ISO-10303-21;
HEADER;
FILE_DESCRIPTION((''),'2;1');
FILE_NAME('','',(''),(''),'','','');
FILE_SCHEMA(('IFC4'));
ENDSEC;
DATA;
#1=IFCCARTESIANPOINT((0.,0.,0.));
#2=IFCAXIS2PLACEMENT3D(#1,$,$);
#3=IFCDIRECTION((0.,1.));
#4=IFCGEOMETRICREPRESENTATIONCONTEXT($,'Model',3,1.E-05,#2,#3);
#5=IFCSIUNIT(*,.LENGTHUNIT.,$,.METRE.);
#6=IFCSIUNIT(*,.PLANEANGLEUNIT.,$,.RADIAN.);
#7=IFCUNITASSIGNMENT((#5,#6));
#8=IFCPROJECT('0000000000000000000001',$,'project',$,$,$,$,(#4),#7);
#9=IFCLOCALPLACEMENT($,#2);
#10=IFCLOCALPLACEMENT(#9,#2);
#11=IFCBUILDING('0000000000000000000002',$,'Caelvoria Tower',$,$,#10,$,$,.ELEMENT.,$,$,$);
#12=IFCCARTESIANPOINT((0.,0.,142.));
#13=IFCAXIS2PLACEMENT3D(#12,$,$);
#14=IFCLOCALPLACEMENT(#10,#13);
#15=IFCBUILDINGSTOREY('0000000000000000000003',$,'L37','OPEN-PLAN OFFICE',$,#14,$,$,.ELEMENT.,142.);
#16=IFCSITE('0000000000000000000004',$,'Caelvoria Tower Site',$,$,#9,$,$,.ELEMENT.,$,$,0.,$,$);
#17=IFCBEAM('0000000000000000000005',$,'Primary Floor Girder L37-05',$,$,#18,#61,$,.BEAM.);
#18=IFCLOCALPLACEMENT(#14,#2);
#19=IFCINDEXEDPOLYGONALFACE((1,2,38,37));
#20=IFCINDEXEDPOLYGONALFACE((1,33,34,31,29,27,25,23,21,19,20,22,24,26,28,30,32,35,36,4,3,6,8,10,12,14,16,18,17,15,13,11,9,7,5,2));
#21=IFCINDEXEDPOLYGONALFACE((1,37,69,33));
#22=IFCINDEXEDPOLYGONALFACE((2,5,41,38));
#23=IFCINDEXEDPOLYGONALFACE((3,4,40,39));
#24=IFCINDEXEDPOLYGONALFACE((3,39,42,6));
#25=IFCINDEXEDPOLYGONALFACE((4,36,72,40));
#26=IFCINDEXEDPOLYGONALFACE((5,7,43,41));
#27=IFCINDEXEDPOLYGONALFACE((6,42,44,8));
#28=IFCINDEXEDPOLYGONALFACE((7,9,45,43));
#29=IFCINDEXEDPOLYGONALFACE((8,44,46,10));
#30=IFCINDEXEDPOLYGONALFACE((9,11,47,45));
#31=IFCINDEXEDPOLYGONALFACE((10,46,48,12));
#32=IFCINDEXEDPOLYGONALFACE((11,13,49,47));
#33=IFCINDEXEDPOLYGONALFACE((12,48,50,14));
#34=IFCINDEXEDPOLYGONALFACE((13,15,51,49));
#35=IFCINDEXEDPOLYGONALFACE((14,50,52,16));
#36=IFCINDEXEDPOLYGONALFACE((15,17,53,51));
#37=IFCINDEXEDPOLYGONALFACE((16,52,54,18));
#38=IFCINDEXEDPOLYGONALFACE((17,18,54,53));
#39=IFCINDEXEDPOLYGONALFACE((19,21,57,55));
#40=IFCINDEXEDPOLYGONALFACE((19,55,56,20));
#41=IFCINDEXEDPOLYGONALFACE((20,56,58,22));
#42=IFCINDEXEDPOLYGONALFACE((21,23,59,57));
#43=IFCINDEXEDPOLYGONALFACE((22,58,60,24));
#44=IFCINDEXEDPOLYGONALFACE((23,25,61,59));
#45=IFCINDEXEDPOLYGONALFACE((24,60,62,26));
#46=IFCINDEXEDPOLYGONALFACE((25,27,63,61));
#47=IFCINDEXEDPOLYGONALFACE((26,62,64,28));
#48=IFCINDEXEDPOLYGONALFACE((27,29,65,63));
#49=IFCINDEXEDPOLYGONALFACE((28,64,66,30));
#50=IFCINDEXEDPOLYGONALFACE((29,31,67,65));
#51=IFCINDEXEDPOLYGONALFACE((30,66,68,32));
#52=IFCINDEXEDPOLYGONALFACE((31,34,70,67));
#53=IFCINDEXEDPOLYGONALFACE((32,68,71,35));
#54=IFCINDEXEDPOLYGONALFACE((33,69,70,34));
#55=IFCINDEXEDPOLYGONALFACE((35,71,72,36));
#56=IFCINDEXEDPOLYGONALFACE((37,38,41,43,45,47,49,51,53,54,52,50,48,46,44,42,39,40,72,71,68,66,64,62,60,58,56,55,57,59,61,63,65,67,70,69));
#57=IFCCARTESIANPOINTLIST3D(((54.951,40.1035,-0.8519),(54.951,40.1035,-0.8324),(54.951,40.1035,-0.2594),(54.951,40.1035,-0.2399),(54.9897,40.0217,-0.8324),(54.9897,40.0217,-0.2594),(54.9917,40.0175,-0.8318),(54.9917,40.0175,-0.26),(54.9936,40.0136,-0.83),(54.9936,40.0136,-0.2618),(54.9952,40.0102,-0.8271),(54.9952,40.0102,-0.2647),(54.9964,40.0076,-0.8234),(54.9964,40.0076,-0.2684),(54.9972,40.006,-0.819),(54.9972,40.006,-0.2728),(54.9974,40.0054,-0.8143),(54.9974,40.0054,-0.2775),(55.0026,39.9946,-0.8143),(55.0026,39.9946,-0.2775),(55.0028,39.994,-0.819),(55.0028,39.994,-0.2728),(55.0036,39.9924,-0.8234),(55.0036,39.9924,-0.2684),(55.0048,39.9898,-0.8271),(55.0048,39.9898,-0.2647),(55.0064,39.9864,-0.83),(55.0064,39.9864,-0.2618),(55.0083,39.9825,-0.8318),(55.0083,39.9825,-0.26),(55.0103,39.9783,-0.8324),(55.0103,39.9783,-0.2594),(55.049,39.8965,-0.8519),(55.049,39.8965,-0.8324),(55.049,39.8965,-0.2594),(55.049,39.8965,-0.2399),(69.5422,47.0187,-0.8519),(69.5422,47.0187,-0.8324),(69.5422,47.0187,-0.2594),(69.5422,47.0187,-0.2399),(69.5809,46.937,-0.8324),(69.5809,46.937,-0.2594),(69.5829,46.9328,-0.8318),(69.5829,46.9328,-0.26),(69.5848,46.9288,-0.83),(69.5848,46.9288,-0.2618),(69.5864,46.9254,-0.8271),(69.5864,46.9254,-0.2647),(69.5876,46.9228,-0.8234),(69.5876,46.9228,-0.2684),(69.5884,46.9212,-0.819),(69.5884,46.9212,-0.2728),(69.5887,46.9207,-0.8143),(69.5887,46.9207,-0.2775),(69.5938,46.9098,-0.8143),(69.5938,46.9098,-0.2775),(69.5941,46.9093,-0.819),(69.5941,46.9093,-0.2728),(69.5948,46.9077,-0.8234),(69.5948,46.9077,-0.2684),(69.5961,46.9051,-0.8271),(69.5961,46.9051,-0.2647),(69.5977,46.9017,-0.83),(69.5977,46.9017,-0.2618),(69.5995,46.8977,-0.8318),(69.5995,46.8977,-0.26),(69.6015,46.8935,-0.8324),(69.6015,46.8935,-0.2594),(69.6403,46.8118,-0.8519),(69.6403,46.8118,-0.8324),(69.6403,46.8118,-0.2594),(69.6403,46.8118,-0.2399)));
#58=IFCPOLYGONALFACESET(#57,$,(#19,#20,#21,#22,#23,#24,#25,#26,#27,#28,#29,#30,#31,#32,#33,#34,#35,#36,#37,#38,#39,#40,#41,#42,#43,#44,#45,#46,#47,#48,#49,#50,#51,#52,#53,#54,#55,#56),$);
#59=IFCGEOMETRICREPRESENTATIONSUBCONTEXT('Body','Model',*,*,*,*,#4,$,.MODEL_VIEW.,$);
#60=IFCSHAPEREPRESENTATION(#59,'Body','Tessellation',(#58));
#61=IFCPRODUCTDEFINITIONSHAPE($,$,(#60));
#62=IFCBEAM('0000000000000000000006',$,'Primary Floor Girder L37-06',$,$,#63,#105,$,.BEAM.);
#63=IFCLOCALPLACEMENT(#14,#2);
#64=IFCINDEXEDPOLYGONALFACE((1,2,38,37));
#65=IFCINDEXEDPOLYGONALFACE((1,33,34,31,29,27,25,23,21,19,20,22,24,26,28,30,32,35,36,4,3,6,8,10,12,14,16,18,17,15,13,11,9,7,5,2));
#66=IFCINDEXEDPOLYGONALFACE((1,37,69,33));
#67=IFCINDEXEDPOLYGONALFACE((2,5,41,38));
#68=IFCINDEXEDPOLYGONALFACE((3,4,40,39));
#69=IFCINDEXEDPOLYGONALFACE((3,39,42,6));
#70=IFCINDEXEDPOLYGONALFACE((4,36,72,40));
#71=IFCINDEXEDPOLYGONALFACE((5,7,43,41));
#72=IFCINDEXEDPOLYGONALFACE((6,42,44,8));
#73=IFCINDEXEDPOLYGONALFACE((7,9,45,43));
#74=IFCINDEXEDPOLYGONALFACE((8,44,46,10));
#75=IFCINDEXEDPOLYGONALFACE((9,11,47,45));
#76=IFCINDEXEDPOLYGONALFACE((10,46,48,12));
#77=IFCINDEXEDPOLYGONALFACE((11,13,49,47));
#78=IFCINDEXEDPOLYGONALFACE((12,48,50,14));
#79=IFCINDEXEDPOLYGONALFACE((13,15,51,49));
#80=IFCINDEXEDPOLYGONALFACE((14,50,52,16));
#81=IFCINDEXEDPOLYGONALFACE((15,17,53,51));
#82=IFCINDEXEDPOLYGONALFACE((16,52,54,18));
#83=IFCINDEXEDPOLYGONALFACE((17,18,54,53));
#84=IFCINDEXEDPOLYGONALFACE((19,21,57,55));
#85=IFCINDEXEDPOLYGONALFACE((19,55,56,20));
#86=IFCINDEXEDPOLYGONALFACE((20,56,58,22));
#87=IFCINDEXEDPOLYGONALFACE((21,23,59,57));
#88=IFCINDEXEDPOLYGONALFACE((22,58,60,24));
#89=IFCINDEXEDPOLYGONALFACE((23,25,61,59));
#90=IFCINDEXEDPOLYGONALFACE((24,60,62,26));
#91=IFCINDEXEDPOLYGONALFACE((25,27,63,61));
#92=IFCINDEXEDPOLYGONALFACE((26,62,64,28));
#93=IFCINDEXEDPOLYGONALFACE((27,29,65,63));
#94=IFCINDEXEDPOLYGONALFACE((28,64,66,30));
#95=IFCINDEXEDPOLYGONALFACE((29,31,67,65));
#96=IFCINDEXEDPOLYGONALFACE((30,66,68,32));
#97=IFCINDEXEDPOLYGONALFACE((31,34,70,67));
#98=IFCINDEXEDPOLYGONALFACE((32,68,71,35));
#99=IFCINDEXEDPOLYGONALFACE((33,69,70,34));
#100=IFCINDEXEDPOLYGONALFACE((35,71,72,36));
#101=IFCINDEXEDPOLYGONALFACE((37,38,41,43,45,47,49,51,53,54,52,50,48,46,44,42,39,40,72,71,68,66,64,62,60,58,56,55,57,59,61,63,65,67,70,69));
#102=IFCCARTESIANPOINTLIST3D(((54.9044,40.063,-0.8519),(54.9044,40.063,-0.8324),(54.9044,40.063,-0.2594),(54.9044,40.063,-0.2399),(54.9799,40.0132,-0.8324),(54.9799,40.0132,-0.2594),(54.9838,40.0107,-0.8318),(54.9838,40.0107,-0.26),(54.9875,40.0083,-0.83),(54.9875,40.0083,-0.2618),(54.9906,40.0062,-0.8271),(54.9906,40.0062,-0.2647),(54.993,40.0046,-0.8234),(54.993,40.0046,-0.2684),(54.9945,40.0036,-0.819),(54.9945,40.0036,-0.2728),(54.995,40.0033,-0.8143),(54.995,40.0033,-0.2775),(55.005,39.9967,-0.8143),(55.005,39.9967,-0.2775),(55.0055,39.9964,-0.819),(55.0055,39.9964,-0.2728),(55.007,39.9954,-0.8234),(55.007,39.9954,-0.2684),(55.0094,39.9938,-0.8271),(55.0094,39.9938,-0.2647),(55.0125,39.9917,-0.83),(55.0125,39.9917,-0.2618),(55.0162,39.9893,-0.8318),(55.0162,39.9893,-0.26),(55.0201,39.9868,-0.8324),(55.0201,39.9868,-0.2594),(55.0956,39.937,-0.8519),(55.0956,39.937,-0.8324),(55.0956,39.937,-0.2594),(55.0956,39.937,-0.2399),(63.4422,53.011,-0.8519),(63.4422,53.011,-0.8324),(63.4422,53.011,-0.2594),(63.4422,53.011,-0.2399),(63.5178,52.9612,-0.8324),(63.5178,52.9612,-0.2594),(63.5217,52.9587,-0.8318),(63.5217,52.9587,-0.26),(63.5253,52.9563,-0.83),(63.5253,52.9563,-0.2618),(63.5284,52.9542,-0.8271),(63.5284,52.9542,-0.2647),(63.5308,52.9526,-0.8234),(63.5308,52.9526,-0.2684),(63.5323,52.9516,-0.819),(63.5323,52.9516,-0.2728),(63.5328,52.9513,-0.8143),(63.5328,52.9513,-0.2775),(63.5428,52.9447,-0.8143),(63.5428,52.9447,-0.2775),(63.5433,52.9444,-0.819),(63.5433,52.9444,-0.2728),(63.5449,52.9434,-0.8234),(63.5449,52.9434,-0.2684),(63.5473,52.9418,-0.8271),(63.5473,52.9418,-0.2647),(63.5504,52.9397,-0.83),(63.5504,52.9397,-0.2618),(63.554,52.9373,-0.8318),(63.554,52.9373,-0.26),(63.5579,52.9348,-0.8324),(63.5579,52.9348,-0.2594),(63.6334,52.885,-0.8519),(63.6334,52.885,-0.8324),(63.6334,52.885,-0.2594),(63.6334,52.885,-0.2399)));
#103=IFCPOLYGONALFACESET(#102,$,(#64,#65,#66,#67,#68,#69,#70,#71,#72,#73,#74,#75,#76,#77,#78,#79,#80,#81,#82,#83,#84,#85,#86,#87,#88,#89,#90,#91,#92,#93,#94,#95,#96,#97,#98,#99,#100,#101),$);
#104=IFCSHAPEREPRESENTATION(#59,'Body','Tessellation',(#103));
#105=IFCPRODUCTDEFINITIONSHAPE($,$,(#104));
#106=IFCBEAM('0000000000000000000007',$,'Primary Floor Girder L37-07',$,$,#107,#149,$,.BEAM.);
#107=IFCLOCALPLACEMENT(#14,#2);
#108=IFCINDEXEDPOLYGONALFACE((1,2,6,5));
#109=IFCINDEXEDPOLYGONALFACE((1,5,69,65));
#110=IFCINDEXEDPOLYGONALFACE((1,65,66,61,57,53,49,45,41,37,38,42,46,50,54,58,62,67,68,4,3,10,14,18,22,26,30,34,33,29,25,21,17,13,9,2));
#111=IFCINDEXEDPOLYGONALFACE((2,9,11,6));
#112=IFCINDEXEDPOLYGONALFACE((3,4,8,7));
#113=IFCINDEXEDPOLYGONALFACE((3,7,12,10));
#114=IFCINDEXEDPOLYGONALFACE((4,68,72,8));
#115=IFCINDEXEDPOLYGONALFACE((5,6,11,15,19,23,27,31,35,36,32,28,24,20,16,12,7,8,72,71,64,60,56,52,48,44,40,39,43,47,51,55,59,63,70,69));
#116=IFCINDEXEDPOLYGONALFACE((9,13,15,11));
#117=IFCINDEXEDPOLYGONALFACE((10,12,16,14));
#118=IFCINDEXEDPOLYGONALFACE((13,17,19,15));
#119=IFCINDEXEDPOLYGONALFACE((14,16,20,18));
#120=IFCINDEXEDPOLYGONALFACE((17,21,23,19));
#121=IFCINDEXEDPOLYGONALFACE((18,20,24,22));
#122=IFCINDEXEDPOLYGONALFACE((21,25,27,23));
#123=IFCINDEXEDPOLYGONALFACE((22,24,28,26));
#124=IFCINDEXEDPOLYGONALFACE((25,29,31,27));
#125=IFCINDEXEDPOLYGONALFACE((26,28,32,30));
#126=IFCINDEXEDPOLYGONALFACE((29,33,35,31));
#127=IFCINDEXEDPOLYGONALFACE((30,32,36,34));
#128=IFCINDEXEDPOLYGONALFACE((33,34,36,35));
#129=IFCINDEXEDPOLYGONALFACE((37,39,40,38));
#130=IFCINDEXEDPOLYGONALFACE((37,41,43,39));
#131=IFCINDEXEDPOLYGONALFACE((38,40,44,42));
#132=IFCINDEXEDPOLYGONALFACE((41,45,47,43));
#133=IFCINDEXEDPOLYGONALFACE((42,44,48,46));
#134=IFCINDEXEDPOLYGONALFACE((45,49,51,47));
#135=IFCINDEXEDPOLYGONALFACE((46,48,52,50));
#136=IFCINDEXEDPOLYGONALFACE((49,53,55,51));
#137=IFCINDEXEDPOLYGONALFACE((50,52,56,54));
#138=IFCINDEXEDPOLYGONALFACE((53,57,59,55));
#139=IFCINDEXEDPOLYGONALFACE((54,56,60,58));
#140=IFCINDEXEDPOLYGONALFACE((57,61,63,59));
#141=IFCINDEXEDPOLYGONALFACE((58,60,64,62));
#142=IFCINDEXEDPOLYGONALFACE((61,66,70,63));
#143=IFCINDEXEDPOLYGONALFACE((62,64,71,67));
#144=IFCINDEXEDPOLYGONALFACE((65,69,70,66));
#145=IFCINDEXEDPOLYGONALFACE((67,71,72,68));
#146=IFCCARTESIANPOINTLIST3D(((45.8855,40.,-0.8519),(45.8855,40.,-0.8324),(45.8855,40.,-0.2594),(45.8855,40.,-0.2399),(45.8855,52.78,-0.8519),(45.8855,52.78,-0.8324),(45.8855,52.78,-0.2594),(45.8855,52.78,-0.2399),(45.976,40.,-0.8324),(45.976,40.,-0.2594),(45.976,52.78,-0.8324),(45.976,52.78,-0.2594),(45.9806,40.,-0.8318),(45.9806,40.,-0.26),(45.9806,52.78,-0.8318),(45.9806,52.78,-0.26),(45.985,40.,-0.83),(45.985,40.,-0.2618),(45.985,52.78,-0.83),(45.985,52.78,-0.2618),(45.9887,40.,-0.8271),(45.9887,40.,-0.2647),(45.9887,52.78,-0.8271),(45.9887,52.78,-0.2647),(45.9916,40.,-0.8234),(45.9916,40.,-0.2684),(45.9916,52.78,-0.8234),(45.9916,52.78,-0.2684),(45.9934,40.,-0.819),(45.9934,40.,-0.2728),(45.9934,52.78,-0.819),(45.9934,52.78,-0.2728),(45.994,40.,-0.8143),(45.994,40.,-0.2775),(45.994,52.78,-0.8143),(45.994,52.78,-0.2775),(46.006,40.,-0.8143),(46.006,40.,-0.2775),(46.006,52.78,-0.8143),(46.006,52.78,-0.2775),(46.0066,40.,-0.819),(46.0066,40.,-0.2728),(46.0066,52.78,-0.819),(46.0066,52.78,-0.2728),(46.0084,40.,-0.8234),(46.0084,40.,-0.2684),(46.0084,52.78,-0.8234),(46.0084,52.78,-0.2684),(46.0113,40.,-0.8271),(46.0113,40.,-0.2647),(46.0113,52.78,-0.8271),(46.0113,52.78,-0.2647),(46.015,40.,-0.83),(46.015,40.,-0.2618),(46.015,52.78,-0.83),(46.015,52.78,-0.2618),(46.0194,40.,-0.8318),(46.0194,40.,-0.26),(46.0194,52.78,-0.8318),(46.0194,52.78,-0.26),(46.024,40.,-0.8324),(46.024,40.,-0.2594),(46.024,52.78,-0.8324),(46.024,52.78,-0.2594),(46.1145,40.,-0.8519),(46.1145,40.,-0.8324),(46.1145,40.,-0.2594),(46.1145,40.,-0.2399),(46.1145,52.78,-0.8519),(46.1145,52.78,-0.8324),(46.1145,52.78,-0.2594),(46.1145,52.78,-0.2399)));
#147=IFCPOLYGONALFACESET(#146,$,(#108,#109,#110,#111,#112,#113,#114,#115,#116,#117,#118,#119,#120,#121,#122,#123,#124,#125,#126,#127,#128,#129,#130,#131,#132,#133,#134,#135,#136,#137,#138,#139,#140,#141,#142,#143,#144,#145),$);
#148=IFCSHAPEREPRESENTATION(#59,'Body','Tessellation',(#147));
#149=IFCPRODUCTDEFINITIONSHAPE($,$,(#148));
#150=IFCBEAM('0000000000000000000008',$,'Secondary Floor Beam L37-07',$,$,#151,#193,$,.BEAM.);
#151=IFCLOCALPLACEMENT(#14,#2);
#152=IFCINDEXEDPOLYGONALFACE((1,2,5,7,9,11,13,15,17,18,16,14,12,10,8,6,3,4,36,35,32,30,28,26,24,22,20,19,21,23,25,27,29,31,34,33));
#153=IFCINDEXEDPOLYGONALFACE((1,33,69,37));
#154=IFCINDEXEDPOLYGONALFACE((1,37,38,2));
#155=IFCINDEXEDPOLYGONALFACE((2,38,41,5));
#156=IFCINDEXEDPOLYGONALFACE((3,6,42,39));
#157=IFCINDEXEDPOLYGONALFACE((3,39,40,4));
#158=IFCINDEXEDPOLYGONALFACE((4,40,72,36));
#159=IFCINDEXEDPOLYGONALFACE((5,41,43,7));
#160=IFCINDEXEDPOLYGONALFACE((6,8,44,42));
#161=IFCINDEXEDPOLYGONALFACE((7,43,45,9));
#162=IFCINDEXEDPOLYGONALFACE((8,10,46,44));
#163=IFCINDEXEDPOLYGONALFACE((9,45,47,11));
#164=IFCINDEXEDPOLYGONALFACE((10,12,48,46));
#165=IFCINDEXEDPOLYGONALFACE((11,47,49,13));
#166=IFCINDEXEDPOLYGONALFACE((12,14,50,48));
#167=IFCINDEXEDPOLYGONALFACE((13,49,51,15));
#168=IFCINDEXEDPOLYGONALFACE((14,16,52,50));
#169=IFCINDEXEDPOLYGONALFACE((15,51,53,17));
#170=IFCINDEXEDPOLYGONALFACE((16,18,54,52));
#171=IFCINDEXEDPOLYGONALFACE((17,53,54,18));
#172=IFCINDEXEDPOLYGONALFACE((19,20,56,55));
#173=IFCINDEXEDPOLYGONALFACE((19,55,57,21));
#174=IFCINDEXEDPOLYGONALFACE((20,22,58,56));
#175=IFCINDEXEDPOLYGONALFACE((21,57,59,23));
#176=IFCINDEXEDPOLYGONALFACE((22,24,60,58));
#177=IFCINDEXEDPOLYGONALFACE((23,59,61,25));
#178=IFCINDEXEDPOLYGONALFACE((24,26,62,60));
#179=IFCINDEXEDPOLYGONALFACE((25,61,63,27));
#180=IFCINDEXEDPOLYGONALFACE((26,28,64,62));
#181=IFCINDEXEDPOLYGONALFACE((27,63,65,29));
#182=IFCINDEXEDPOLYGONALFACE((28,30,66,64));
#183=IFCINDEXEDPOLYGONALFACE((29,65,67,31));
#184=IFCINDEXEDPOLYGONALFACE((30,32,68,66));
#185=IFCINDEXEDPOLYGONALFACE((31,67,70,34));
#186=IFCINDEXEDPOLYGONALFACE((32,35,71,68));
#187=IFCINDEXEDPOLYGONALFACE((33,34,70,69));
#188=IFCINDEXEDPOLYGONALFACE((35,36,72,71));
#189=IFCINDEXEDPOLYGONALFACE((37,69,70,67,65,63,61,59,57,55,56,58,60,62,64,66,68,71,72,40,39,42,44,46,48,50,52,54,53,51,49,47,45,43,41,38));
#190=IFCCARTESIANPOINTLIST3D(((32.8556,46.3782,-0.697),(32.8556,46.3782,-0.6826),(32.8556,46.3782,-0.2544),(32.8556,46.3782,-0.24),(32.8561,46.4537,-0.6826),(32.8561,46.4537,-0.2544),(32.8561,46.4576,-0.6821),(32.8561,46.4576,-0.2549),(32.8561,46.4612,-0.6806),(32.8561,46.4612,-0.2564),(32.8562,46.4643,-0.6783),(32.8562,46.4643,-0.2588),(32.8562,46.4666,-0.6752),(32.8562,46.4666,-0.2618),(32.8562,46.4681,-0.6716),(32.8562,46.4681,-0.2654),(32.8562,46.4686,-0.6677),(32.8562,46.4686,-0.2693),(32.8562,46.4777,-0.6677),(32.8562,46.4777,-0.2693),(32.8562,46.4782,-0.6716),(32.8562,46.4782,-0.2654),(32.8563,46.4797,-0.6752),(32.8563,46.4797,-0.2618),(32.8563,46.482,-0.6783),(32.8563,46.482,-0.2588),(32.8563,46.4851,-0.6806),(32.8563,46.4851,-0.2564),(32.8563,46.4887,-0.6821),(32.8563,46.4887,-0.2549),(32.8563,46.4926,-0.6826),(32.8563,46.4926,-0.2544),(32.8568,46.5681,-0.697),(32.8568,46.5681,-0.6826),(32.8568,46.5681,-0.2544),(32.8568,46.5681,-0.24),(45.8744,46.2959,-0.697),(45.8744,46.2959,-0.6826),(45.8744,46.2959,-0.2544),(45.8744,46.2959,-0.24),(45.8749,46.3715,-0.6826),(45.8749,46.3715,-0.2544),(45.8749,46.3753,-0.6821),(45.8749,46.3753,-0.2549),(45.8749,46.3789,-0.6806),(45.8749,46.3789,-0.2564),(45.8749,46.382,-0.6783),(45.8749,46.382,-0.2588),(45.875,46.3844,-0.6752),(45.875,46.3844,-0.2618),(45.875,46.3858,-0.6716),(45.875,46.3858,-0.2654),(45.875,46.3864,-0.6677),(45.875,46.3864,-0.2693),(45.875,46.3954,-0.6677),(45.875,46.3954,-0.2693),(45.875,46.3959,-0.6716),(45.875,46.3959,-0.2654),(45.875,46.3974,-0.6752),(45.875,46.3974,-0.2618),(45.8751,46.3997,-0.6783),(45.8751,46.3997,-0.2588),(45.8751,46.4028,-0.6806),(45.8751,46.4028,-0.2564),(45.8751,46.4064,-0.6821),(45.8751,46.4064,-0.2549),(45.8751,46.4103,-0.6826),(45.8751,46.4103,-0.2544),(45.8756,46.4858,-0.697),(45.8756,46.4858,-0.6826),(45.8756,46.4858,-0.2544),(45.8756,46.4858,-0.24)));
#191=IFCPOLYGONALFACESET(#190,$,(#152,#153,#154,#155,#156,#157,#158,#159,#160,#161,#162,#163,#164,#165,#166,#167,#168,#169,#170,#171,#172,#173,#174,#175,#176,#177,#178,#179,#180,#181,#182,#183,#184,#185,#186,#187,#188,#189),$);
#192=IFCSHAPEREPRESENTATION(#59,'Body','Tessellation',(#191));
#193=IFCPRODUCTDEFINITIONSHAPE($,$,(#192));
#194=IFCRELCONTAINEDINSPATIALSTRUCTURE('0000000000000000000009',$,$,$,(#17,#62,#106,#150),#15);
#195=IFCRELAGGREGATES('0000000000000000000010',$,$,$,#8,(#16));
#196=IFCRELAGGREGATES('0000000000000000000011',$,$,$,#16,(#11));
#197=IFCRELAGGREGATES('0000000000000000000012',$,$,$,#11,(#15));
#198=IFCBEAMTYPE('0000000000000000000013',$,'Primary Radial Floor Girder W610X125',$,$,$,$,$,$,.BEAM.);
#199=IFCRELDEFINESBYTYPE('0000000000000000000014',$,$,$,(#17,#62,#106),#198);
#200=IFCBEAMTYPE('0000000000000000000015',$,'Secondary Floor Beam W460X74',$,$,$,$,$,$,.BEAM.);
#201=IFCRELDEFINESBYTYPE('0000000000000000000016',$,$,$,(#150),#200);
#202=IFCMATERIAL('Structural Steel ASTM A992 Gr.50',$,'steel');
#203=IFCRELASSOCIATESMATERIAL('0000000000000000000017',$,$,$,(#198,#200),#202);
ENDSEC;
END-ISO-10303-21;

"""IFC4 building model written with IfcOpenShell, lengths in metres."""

from ifc_helpers import new_model, si_unit, direction, frame, origin, origin_2d, place, context, subcontext, project, spatial, i_section, extrude, material, material_profile, profile_set, type_object, element, save


model = new_model("IFC4")

# Units and contexts
model_context = context("Model", 3, precision=1e-05, world=origin(), true_north=direction((0.0, 1.0)))
body_context = subcontext(model_context, "Body", "Model", "MODEL_VIEW")
ifc_project = project(units=[si_unit("LENGTHUNIT", "METRE"), si_unit("PLANEANGLEUNIT", "RADIAN")], contexts=[model_context])

# Site, building, storey
site_placement = place(None, origin())
site = spatial("IfcSite", under=ifc_project, at=site_placement, Name="Caelvoria Tower Site", CompositionType="ELEMENT", RefElevation=0.0)
building_placement = place(site_placement, origin())
building = spatial("IfcBuilding", under=site, at=building_placement, Name="Caelvoria Tower", CompositionType="ELEMENT")
storey_placement = place(building_placement, frame((0.0, 0.0, 142.0)))
storey = spatial("IfcBuildingStorey", under=building, at=storey_placement, Name="L37", Description="OPEN-PLAN OFFICE", CompositionType="ELEMENT", Elevation=142.0)

# Shared definitions
ifc_material_1 = material(Name="Structural Steel ASTM A992 Gr.50", Category="steel")

# Beams
ifc_material_profile_1 = material_profile(ifc_material_1, i_section(OverallWidth=0.229, OverallDepth=0.6121, WebThickness=0.012, FlangeThickness=0.0195, FilletRadius=0.0181, at=origin_2d()), Name="Structural Steel ASTM A992 Gr.50")
ifc_profile_set_1 = profile_set([ifc_material_profile_1], Name="W610X125 - Structural Steel ASTM A992 Gr.50")
beam_type_1 = type_object("IfcBeamType", Name="Primary Radial Floor Girder W610X125", PredefinedType="BEAM", material=ifc_profile_set_1)
beam_1_placement = place(storey_placement, frame((55.0, 40.0, -0.5459), z_axis=(0.903651, 0.428269, 0.0), x_axis=(-0.428269, 0.903651, 0.0)))
element("IfcBeam", 1, at=beam_1_placement, inside=storey, type_object=beam_type_1, Name="Primary Floor Girder L37-05", PredefinedType="BEAM", context=body_context, shape_type="SweptSolid", body=[
    extrude(i_section(OverallWidth=0.229, OverallDepth=0.6121, WebThickness=0.012, FlangeThickness=0.0195, FilletRadius=0.0181, at=origin_2d()), origin(), (0.0, 0.0, 1.0), 16.147),
])
beam_2_placement = place(storey_placement, frame((55.0, 40.0, -0.5459), z_axis=(0.55049, 0.834842, 0.0), x_axis=(-0.834842, 0.55049, 0.0)))
element("IfcBeam", 2, at=beam_2_placement, inside=storey, type_object=beam_type_1, Name="Primary Floor Girder L37-06", PredefinedType="BEAM", context=body_context, shape_type="SweptSolid", body=[
    extrude(i_section(OverallWidth=0.229, OverallDepth=0.6121, WebThickness=0.012, FlangeThickness=0.0195, FilletRadius=0.0181, at=origin_2d()), origin(), (0.0, 0.0, 1.0), 15.5095),
])
beam_3_placement = place(storey_placement, frame((46.0, 40.0, -0.5459), z_axis=(0.0, 1.0, 0.0), x_axis=(-1.0, 0.0, 0.0)))
element("IfcBeam", 3, at=beam_3_placement, inside=storey, type_object=beam_type_1, Name="Primary Floor Girder L37-07", PredefinedType="BEAM", context=body_context, shape_type="SweptSolid", body=[
    extrude(i_section(OverallWidth=0.229, OverallDepth=0.6121, WebThickness=0.012, FlangeThickness=0.0195, FilletRadius=0.0181, at=origin_2d()), origin(), (0.0, 0.0, 1.0), 12.78),
])
ifc_material_profile_2 = material_profile(ifc_material_1, i_section(OverallWidth=0.1899, OverallDepth=0.457, WebThickness=0.009, FlangeThickness=0.0144, FilletRadius=0.0149, at=origin_2d()), Name="Structural Steel ASTM A992 Gr.50")
ifc_profile_set_2 = profile_set([ifc_material_profile_2], Name="W460X74 - Structural Steel ASTM A992 Gr.50")
beam_type_2 = type_object("IfcBeamType", Name="Secondary Floor Beam W460X74", PredefinedType="BEAM", material=ifc_profile_set_2)
beam_4_placement = place(storey_placement, frame((45.875, 46.3909, -0.4685), z_axis=(-0.99998, 0.00632, 0.0), x_axis=(-0.00632, -0.99998, 0.0)))
element("IfcBeam", 4, at=beam_4_placement, inside=storey, type_object=beam_type_2, Name="Secondary Floor Beam L37-07", PredefinedType="BEAM", context=body_context, shape_type="SweptSolid", body=[
    extrude(i_section(OverallWidth=0.1899, OverallDepth=0.457, WebThickness=0.009, FlangeThickness=0.0144, FilletRadius=0.0149, at=origin_2d()), origin(), (0.0, 0.0, 1.0), 13.019),
])

save(model, "model.ifc")
